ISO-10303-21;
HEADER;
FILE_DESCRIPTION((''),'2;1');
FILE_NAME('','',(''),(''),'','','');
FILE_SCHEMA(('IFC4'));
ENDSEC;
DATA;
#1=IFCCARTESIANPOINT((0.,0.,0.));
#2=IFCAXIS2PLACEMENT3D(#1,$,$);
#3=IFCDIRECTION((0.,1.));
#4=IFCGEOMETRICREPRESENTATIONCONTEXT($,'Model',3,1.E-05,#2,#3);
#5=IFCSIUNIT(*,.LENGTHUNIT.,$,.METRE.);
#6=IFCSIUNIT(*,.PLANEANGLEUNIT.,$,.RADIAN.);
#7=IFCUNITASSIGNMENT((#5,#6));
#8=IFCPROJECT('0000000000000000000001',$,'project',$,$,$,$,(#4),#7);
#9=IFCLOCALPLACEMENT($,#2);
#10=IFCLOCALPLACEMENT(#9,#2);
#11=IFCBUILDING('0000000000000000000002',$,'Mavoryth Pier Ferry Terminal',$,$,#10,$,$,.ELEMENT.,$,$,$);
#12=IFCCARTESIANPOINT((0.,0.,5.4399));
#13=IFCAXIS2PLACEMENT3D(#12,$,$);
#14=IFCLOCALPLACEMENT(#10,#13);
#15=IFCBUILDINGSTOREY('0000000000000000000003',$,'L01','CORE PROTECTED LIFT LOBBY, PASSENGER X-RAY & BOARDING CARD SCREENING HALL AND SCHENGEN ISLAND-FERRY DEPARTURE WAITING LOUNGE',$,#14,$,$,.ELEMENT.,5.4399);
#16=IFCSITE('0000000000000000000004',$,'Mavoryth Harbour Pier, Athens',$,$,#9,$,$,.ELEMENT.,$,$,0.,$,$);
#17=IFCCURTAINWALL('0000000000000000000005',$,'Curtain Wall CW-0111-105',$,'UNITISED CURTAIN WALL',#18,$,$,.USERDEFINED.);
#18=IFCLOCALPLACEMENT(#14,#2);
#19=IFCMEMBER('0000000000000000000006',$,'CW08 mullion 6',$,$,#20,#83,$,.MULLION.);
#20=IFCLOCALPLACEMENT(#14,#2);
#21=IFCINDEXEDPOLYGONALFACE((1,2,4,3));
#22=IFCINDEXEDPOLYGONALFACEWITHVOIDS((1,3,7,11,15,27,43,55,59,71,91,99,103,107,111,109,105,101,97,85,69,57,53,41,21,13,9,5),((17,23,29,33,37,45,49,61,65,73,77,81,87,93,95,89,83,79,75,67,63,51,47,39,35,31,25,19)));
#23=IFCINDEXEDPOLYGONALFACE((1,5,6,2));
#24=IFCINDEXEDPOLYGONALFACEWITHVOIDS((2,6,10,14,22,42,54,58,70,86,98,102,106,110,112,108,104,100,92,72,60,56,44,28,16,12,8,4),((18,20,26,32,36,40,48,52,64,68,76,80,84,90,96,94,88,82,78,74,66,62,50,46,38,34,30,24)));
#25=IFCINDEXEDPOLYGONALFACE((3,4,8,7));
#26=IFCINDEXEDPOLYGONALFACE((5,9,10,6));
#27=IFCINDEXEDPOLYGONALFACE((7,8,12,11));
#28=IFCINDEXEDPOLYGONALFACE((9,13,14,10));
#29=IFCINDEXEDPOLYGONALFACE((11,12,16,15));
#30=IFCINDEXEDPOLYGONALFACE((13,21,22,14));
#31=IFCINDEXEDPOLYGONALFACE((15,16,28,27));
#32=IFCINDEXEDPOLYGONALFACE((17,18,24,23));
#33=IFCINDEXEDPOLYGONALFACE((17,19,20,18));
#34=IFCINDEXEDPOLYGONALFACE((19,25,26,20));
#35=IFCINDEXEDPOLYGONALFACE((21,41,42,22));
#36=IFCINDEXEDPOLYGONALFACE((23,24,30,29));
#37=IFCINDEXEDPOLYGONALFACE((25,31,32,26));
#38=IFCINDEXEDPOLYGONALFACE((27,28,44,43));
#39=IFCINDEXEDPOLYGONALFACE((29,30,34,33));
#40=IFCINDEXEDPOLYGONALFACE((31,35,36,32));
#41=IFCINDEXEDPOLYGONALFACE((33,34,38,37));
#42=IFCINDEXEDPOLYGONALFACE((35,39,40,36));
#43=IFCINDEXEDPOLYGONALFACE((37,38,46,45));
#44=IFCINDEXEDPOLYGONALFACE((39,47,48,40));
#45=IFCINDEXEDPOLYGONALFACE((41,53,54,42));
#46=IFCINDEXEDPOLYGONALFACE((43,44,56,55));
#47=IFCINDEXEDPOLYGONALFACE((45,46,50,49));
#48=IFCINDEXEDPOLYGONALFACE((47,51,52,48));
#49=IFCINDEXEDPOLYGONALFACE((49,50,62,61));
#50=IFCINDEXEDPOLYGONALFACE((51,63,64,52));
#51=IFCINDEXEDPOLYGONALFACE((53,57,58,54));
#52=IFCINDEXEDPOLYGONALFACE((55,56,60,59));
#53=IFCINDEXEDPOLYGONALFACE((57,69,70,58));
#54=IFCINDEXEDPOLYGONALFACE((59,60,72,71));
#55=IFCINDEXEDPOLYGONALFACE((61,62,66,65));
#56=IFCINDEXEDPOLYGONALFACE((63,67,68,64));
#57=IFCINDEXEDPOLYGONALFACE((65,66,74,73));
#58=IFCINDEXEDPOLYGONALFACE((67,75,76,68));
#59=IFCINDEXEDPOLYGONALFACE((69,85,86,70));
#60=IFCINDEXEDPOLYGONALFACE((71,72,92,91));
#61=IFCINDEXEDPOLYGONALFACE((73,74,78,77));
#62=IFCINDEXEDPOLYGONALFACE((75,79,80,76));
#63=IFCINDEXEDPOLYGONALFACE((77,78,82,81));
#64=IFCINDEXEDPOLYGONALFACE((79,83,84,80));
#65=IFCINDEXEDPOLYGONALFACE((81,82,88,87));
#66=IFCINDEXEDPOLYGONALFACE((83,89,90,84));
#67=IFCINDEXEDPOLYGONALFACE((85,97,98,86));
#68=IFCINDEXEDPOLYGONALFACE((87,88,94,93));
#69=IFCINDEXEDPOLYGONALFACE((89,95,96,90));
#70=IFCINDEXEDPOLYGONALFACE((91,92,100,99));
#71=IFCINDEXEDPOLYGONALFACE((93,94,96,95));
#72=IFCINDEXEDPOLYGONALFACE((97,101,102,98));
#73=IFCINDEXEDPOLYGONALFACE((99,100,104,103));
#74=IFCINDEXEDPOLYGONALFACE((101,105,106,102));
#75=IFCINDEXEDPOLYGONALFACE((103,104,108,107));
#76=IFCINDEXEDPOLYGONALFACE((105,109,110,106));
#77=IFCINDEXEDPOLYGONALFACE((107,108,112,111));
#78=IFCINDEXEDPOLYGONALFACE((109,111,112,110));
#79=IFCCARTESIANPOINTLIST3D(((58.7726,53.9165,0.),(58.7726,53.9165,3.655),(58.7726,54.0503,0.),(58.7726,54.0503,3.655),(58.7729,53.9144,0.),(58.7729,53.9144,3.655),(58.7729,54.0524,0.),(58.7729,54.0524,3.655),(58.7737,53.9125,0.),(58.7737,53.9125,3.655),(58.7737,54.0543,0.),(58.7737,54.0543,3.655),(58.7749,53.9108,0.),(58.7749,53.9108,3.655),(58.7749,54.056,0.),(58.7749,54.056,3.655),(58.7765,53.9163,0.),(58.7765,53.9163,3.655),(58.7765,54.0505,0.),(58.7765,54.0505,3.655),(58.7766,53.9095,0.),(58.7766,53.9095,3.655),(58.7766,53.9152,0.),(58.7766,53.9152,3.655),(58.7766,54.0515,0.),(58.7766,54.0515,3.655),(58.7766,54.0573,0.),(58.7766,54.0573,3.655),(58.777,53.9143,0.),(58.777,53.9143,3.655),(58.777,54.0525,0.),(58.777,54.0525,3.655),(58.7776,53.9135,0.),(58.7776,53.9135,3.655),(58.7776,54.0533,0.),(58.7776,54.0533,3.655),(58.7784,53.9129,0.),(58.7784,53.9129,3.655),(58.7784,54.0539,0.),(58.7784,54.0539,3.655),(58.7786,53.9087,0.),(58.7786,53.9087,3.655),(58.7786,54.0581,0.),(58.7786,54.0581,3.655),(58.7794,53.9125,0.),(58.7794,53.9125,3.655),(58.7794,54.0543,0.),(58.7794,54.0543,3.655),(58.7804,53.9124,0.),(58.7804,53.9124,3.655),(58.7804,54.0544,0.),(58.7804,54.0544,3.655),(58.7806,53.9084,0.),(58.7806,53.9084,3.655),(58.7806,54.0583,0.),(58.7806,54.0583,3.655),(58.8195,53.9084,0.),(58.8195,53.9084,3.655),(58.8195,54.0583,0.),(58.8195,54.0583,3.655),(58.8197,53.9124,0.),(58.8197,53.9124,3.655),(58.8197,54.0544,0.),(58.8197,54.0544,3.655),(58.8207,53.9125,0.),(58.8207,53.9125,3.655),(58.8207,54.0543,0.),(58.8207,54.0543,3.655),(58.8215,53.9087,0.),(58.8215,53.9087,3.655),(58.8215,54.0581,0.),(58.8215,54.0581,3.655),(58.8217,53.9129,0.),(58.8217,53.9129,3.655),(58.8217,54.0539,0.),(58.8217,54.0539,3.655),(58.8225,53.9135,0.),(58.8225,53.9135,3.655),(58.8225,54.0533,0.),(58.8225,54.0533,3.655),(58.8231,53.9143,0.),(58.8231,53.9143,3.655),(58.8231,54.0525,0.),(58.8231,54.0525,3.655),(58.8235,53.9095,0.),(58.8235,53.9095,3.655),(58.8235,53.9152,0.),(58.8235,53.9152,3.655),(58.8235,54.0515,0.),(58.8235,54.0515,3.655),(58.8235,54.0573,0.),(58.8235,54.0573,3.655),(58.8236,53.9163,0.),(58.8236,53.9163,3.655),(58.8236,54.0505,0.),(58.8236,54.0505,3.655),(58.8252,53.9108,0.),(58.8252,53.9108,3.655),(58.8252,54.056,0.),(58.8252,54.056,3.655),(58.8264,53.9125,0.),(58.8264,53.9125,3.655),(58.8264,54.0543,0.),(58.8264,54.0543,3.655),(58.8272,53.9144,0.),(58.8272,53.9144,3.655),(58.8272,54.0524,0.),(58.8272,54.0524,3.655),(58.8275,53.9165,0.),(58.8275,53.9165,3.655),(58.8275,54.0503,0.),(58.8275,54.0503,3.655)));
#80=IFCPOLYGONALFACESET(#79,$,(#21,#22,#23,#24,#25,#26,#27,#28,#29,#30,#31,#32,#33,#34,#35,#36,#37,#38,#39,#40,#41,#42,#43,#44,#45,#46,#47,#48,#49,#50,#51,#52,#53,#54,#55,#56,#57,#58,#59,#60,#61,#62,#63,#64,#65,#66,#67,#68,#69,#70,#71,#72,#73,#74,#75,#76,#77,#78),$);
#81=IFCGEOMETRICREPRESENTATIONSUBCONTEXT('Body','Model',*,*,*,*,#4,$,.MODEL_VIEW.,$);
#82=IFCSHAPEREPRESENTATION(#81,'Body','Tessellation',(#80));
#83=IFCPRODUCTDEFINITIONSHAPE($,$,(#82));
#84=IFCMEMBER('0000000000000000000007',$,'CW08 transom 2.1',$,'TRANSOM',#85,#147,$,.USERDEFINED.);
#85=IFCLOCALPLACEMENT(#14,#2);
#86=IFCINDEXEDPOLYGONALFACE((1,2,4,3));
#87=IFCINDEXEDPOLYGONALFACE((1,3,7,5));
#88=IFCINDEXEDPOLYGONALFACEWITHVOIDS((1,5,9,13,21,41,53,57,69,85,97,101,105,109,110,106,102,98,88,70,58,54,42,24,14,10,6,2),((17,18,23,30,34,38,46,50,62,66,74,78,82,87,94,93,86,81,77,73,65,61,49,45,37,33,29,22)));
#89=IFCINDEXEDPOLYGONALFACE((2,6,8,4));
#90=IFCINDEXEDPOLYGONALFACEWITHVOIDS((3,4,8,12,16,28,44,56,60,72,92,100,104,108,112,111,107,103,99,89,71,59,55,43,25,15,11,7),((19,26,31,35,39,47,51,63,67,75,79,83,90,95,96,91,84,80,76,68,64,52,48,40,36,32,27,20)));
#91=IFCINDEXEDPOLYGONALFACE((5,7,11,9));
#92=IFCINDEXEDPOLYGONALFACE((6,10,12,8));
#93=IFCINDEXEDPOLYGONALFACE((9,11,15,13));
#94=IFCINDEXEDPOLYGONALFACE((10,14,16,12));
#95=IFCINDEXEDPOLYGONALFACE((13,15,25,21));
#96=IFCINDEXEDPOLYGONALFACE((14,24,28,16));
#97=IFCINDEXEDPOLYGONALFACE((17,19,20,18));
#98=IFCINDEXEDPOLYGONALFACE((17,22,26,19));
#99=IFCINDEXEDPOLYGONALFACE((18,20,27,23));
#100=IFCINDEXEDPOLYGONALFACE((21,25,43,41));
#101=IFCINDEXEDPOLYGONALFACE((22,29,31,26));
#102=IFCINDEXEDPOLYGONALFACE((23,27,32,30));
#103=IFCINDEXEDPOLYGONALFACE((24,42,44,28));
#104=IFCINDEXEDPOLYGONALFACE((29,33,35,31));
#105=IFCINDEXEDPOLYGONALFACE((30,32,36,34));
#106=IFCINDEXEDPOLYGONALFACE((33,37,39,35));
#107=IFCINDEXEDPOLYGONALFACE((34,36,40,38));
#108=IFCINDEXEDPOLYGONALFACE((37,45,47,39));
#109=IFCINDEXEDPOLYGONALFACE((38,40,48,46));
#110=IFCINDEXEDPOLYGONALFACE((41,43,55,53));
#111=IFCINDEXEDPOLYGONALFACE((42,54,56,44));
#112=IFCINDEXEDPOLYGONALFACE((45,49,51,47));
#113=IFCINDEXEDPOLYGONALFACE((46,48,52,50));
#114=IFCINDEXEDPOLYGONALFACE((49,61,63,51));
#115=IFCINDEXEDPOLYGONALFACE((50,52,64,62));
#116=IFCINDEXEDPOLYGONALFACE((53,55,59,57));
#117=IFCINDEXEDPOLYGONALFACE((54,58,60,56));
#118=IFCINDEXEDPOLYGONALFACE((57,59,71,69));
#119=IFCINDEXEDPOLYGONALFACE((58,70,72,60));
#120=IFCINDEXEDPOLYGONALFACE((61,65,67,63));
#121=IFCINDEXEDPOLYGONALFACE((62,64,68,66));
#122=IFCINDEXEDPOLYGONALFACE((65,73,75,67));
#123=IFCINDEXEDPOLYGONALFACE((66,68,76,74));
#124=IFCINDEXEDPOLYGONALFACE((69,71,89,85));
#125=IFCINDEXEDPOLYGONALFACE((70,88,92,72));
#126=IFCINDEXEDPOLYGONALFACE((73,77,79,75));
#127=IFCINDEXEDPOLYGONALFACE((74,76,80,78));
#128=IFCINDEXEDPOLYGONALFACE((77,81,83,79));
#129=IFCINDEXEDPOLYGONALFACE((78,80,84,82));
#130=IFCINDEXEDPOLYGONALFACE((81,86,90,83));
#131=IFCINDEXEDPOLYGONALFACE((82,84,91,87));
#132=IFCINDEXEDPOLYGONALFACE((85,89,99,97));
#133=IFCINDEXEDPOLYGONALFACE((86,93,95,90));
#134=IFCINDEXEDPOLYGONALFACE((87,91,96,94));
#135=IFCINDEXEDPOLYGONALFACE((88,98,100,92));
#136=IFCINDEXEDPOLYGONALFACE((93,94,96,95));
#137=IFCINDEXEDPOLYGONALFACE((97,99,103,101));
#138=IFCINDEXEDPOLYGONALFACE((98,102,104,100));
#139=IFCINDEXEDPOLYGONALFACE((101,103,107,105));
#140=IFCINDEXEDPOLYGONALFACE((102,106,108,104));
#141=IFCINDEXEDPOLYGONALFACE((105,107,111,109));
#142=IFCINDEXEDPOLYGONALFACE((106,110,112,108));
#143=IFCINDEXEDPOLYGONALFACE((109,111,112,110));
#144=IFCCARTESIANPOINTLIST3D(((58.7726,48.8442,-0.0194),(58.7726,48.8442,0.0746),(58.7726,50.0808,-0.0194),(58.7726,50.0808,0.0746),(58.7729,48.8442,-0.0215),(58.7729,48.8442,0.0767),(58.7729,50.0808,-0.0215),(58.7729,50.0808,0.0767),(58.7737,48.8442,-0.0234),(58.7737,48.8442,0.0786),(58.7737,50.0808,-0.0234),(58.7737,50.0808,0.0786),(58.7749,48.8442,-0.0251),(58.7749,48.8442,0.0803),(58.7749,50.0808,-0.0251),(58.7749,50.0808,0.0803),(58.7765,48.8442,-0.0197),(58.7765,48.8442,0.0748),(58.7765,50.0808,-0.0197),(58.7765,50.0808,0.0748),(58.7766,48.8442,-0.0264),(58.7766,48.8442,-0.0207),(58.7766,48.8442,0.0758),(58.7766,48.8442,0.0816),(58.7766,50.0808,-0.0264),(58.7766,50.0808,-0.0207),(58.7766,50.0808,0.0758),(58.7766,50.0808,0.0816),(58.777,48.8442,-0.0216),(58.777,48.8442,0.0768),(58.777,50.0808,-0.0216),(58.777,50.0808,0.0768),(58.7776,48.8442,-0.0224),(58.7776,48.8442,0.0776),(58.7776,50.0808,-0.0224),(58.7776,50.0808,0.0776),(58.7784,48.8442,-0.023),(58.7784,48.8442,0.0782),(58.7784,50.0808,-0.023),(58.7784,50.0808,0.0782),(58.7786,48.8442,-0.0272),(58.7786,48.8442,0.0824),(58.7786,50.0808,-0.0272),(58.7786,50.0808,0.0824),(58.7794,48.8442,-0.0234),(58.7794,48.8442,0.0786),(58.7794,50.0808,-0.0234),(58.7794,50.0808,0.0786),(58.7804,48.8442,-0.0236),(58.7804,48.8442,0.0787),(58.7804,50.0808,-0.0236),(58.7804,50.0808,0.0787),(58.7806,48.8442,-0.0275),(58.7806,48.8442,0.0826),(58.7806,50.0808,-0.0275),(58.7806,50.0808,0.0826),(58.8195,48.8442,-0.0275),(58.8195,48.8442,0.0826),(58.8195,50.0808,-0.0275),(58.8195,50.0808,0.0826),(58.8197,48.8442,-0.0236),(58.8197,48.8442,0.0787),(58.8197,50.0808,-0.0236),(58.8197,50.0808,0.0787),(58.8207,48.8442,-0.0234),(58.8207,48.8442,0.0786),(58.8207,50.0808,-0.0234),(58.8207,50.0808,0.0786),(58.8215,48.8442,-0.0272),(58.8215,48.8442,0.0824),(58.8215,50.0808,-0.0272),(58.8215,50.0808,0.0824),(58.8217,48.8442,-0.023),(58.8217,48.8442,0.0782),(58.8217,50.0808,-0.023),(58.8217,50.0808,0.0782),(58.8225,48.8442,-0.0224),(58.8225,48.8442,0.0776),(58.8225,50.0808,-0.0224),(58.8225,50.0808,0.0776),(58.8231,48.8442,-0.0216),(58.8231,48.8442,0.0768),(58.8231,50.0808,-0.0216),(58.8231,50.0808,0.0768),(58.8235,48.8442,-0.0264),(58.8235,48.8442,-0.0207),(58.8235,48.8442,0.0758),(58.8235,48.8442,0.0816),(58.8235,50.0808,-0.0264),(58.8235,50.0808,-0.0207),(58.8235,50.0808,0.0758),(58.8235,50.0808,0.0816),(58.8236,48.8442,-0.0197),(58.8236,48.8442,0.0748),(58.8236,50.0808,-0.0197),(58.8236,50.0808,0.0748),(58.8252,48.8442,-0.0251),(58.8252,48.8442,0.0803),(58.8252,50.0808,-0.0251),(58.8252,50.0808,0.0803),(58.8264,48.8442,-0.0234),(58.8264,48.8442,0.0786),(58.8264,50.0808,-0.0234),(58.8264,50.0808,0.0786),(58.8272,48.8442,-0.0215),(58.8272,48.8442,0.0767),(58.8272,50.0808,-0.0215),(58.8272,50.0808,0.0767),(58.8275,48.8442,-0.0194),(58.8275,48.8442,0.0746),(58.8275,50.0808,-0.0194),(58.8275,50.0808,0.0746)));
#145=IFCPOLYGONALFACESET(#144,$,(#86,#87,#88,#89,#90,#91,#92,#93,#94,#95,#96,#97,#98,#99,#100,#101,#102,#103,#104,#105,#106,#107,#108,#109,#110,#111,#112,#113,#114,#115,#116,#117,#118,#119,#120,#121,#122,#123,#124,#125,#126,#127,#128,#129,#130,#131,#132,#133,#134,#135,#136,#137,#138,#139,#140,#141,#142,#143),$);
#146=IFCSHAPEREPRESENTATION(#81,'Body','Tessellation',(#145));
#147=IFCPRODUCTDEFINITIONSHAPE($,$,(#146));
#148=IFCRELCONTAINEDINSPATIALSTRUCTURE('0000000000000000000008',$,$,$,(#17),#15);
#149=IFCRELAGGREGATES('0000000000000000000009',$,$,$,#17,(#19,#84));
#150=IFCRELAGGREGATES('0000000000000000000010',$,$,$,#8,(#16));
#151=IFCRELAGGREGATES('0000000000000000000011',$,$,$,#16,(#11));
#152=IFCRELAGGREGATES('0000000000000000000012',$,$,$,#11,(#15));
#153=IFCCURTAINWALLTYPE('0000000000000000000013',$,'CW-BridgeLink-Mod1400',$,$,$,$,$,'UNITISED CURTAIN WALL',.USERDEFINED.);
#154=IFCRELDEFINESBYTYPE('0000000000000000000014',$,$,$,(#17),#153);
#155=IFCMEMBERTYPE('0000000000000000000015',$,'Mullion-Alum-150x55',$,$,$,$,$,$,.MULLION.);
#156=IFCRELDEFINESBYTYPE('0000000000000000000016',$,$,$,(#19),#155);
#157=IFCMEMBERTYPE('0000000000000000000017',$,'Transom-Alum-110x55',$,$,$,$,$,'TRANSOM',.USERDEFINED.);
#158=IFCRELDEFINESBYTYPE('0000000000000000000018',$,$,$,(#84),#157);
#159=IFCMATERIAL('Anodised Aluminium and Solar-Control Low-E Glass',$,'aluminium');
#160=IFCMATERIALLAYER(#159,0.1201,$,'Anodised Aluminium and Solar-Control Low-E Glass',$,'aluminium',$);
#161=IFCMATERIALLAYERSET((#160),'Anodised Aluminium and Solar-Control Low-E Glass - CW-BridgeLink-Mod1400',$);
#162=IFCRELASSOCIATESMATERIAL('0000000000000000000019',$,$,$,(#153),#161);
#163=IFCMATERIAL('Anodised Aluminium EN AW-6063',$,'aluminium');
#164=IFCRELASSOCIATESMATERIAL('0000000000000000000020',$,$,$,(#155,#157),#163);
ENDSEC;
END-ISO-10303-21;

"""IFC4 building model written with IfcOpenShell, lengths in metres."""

from ifc_helpers import new_model, si_unit, direction, frame, origin, origin_2d, place, context, subcontext, project, spatial, hollow_rectangle, extrude, material, layer, layer_set, material_profile, profile_set, type_object, element, aggregate, save


model = new_model("IFC4")

# Units and contexts
model_context = context("Model", 3, precision=1e-05, world=origin(), true_north=direction((0.0, 1.0)))
body_context = subcontext(model_context, "Body", "Model", "MODEL_VIEW")
ifc_project = project(units=[si_unit("LENGTHUNIT", "METRE"), si_unit("PLANEANGLEUNIT", "RADIAN")], contexts=[model_context])

# Site, building, storey
site_placement = place(None, origin())
site = spatial("IfcSite", under=ifc_project, at=site_placement, Name="Mavoryth Harbour Pier, Athens", CompositionType="ELEMENT", RefElevation=0.0)
building_placement = place(site_placement, origin())
building = spatial("IfcBuilding", under=site, at=building_placement, Name="Mavoryth Pier Ferry Terminal", CompositionType="ELEMENT")
storey_placement = place(building_placement, frame((0.0, 0.0, 5.4399)))
storey = spatial("IfcBuildingStorey", under=building, at=storey_placement, Name="L01", Description="CORE PROTECTED LIFT LOBBY, PASSENGER X-RAY & BOARDING CARD SCREENING HALL AND SCHENGEN ISLAND-FERRY DEPARTURE WAITING LOUNGE", CompositionType="ELEMENT", Elevation=5.4399)

# Curtain wall, members
ifc_material_1 = material(Name="Anodised Aluminium and Solar-Control Low-E Glass", Category="aluminium")
ifc_layer_1 = layer(ifc_material_1, 0.1201, Name="Anodised Aluminium and Solar-Control Low-E Glass", Category="aluminium")
ifc_layer_set_1 = layer_set([ifc_layer_1], Name="Anodised Aluminium and Solar-Control Low-E Glass - CW-BridgeLink-Mod1400")
curtain_wall_type = type_object("IfcCurtainWallType", Name="CW-BridgeLink-Mod1400", ElementType="UNITISED CURTAIN WALL", PredefinedType="USERDEFINED", material=ifc_layer_set_1)
curtain_wall_placement = place(storey_placement, origin())
curtain_wall = element("IfcCurtainWall", 1, at=curtain_wall_placement, inside=storey, type_object=curtain_wall_type, Name="Curtain Wall CW-0111-105", ObjectType="UNITISED CURTAIN WALL", PredefinedType="USERDEFINED")
ifc_material_2 = material(Name="Anodised Aluminium EN AW-6063", Category="aluminium")
ifc_material_profile_1 = material_profile(ifc_material_2, hollow_rectangle(XDim=0.0549, YDim=0.1499, WallThickness=0.0039, InnerFilletRadius=0.0039, OuterFilletRadius=0.0081, at=origin_2d()), Name="AL-MULL 150x55x4", Category="aluminium")
ifc_profile_set_1 = profile_set([ifc_material_profile_1], Name="Anodised Aluminium EN AW-6063 - AL-MULL 150x55x4")
member_type_1 = type_object("IfcMemberType", Name="Mullion-Alum-150x55", PredefinedType="MULLION", material=ifc_profile_set_1)
member_1_placement = place(storey_placement, frame((58.8, 53.9834, 0.0), z_axis=(0.0, 0.0, 1.0), x_axis=(-1.0, 0.0, 0.0)))
member_1 = element("IfcMember", 2, at=member_1_placement, type_object=member_type_1, Name="CW08 mullion 6", PredefinedType="MULLION", context=body_context, shape_type="SweptSolid", body=[
    extrude(hollow_rectangle(XDim=0.0549, YDim=0.1499, WallThickness=0.0039, InnerFilletRadius=0.0039, OuterFilletRadius=0.0081, at=origin_2d()), origin(), (0.0, 0.0, 1.0), 3.655),
])
ifc_material_profile_2 = material_profile(ifc_material_2, hollow_rectangle(XDim=0.0549, YDim=0.1101, WallThickness=0.0039, InnerFilletRadius=0.0039, OuterFilletRadius=0.0081, at=origin_2d()), Name="AL-TRAN 110x55x4", Category="aluminium")
ifc_profile_set_2 = profile_set([ifc_material_profile_2], Name="Anodised Aluminium EN AW-6063 - AL-TRAN 110x55x4")
member_type_2 = type_object("IfcMemberType", Name="Transom-Alum-110x55", ElementType="TRANSOM", PredefinedType="USERDEFINED", material=ifc_profile_set_2)
member_2_placement = place(storey_placement, frame((58.8, 48.8442, 0.0276), z_axis=(0.0, 1.0, 0.0), x_axis=(-1.0, 0.0, 0.0)))
member_2 = element("IfcMember", 3, at=member_2_placement, type_object=member_type_2, Name="CW08 transom 2.1", ObjectType="TRANSOM", PredefinedType="USERDEFINED", context=body_context, shape_type="SweptSolid", body=[
    extrude(hollow_rectangle(XDim=0.0549, YDim=0.1101, WallThickness=0.0039, InnerFilletRadius=0.0039, OuterFilletRadius=0.0081, at=origin_2d()), origin(), (0.0, 0.0, 1.0), 1.2366),
])
aggregate(curtain_wall, [member_1, member_2])

save(model, "model.ifc")
